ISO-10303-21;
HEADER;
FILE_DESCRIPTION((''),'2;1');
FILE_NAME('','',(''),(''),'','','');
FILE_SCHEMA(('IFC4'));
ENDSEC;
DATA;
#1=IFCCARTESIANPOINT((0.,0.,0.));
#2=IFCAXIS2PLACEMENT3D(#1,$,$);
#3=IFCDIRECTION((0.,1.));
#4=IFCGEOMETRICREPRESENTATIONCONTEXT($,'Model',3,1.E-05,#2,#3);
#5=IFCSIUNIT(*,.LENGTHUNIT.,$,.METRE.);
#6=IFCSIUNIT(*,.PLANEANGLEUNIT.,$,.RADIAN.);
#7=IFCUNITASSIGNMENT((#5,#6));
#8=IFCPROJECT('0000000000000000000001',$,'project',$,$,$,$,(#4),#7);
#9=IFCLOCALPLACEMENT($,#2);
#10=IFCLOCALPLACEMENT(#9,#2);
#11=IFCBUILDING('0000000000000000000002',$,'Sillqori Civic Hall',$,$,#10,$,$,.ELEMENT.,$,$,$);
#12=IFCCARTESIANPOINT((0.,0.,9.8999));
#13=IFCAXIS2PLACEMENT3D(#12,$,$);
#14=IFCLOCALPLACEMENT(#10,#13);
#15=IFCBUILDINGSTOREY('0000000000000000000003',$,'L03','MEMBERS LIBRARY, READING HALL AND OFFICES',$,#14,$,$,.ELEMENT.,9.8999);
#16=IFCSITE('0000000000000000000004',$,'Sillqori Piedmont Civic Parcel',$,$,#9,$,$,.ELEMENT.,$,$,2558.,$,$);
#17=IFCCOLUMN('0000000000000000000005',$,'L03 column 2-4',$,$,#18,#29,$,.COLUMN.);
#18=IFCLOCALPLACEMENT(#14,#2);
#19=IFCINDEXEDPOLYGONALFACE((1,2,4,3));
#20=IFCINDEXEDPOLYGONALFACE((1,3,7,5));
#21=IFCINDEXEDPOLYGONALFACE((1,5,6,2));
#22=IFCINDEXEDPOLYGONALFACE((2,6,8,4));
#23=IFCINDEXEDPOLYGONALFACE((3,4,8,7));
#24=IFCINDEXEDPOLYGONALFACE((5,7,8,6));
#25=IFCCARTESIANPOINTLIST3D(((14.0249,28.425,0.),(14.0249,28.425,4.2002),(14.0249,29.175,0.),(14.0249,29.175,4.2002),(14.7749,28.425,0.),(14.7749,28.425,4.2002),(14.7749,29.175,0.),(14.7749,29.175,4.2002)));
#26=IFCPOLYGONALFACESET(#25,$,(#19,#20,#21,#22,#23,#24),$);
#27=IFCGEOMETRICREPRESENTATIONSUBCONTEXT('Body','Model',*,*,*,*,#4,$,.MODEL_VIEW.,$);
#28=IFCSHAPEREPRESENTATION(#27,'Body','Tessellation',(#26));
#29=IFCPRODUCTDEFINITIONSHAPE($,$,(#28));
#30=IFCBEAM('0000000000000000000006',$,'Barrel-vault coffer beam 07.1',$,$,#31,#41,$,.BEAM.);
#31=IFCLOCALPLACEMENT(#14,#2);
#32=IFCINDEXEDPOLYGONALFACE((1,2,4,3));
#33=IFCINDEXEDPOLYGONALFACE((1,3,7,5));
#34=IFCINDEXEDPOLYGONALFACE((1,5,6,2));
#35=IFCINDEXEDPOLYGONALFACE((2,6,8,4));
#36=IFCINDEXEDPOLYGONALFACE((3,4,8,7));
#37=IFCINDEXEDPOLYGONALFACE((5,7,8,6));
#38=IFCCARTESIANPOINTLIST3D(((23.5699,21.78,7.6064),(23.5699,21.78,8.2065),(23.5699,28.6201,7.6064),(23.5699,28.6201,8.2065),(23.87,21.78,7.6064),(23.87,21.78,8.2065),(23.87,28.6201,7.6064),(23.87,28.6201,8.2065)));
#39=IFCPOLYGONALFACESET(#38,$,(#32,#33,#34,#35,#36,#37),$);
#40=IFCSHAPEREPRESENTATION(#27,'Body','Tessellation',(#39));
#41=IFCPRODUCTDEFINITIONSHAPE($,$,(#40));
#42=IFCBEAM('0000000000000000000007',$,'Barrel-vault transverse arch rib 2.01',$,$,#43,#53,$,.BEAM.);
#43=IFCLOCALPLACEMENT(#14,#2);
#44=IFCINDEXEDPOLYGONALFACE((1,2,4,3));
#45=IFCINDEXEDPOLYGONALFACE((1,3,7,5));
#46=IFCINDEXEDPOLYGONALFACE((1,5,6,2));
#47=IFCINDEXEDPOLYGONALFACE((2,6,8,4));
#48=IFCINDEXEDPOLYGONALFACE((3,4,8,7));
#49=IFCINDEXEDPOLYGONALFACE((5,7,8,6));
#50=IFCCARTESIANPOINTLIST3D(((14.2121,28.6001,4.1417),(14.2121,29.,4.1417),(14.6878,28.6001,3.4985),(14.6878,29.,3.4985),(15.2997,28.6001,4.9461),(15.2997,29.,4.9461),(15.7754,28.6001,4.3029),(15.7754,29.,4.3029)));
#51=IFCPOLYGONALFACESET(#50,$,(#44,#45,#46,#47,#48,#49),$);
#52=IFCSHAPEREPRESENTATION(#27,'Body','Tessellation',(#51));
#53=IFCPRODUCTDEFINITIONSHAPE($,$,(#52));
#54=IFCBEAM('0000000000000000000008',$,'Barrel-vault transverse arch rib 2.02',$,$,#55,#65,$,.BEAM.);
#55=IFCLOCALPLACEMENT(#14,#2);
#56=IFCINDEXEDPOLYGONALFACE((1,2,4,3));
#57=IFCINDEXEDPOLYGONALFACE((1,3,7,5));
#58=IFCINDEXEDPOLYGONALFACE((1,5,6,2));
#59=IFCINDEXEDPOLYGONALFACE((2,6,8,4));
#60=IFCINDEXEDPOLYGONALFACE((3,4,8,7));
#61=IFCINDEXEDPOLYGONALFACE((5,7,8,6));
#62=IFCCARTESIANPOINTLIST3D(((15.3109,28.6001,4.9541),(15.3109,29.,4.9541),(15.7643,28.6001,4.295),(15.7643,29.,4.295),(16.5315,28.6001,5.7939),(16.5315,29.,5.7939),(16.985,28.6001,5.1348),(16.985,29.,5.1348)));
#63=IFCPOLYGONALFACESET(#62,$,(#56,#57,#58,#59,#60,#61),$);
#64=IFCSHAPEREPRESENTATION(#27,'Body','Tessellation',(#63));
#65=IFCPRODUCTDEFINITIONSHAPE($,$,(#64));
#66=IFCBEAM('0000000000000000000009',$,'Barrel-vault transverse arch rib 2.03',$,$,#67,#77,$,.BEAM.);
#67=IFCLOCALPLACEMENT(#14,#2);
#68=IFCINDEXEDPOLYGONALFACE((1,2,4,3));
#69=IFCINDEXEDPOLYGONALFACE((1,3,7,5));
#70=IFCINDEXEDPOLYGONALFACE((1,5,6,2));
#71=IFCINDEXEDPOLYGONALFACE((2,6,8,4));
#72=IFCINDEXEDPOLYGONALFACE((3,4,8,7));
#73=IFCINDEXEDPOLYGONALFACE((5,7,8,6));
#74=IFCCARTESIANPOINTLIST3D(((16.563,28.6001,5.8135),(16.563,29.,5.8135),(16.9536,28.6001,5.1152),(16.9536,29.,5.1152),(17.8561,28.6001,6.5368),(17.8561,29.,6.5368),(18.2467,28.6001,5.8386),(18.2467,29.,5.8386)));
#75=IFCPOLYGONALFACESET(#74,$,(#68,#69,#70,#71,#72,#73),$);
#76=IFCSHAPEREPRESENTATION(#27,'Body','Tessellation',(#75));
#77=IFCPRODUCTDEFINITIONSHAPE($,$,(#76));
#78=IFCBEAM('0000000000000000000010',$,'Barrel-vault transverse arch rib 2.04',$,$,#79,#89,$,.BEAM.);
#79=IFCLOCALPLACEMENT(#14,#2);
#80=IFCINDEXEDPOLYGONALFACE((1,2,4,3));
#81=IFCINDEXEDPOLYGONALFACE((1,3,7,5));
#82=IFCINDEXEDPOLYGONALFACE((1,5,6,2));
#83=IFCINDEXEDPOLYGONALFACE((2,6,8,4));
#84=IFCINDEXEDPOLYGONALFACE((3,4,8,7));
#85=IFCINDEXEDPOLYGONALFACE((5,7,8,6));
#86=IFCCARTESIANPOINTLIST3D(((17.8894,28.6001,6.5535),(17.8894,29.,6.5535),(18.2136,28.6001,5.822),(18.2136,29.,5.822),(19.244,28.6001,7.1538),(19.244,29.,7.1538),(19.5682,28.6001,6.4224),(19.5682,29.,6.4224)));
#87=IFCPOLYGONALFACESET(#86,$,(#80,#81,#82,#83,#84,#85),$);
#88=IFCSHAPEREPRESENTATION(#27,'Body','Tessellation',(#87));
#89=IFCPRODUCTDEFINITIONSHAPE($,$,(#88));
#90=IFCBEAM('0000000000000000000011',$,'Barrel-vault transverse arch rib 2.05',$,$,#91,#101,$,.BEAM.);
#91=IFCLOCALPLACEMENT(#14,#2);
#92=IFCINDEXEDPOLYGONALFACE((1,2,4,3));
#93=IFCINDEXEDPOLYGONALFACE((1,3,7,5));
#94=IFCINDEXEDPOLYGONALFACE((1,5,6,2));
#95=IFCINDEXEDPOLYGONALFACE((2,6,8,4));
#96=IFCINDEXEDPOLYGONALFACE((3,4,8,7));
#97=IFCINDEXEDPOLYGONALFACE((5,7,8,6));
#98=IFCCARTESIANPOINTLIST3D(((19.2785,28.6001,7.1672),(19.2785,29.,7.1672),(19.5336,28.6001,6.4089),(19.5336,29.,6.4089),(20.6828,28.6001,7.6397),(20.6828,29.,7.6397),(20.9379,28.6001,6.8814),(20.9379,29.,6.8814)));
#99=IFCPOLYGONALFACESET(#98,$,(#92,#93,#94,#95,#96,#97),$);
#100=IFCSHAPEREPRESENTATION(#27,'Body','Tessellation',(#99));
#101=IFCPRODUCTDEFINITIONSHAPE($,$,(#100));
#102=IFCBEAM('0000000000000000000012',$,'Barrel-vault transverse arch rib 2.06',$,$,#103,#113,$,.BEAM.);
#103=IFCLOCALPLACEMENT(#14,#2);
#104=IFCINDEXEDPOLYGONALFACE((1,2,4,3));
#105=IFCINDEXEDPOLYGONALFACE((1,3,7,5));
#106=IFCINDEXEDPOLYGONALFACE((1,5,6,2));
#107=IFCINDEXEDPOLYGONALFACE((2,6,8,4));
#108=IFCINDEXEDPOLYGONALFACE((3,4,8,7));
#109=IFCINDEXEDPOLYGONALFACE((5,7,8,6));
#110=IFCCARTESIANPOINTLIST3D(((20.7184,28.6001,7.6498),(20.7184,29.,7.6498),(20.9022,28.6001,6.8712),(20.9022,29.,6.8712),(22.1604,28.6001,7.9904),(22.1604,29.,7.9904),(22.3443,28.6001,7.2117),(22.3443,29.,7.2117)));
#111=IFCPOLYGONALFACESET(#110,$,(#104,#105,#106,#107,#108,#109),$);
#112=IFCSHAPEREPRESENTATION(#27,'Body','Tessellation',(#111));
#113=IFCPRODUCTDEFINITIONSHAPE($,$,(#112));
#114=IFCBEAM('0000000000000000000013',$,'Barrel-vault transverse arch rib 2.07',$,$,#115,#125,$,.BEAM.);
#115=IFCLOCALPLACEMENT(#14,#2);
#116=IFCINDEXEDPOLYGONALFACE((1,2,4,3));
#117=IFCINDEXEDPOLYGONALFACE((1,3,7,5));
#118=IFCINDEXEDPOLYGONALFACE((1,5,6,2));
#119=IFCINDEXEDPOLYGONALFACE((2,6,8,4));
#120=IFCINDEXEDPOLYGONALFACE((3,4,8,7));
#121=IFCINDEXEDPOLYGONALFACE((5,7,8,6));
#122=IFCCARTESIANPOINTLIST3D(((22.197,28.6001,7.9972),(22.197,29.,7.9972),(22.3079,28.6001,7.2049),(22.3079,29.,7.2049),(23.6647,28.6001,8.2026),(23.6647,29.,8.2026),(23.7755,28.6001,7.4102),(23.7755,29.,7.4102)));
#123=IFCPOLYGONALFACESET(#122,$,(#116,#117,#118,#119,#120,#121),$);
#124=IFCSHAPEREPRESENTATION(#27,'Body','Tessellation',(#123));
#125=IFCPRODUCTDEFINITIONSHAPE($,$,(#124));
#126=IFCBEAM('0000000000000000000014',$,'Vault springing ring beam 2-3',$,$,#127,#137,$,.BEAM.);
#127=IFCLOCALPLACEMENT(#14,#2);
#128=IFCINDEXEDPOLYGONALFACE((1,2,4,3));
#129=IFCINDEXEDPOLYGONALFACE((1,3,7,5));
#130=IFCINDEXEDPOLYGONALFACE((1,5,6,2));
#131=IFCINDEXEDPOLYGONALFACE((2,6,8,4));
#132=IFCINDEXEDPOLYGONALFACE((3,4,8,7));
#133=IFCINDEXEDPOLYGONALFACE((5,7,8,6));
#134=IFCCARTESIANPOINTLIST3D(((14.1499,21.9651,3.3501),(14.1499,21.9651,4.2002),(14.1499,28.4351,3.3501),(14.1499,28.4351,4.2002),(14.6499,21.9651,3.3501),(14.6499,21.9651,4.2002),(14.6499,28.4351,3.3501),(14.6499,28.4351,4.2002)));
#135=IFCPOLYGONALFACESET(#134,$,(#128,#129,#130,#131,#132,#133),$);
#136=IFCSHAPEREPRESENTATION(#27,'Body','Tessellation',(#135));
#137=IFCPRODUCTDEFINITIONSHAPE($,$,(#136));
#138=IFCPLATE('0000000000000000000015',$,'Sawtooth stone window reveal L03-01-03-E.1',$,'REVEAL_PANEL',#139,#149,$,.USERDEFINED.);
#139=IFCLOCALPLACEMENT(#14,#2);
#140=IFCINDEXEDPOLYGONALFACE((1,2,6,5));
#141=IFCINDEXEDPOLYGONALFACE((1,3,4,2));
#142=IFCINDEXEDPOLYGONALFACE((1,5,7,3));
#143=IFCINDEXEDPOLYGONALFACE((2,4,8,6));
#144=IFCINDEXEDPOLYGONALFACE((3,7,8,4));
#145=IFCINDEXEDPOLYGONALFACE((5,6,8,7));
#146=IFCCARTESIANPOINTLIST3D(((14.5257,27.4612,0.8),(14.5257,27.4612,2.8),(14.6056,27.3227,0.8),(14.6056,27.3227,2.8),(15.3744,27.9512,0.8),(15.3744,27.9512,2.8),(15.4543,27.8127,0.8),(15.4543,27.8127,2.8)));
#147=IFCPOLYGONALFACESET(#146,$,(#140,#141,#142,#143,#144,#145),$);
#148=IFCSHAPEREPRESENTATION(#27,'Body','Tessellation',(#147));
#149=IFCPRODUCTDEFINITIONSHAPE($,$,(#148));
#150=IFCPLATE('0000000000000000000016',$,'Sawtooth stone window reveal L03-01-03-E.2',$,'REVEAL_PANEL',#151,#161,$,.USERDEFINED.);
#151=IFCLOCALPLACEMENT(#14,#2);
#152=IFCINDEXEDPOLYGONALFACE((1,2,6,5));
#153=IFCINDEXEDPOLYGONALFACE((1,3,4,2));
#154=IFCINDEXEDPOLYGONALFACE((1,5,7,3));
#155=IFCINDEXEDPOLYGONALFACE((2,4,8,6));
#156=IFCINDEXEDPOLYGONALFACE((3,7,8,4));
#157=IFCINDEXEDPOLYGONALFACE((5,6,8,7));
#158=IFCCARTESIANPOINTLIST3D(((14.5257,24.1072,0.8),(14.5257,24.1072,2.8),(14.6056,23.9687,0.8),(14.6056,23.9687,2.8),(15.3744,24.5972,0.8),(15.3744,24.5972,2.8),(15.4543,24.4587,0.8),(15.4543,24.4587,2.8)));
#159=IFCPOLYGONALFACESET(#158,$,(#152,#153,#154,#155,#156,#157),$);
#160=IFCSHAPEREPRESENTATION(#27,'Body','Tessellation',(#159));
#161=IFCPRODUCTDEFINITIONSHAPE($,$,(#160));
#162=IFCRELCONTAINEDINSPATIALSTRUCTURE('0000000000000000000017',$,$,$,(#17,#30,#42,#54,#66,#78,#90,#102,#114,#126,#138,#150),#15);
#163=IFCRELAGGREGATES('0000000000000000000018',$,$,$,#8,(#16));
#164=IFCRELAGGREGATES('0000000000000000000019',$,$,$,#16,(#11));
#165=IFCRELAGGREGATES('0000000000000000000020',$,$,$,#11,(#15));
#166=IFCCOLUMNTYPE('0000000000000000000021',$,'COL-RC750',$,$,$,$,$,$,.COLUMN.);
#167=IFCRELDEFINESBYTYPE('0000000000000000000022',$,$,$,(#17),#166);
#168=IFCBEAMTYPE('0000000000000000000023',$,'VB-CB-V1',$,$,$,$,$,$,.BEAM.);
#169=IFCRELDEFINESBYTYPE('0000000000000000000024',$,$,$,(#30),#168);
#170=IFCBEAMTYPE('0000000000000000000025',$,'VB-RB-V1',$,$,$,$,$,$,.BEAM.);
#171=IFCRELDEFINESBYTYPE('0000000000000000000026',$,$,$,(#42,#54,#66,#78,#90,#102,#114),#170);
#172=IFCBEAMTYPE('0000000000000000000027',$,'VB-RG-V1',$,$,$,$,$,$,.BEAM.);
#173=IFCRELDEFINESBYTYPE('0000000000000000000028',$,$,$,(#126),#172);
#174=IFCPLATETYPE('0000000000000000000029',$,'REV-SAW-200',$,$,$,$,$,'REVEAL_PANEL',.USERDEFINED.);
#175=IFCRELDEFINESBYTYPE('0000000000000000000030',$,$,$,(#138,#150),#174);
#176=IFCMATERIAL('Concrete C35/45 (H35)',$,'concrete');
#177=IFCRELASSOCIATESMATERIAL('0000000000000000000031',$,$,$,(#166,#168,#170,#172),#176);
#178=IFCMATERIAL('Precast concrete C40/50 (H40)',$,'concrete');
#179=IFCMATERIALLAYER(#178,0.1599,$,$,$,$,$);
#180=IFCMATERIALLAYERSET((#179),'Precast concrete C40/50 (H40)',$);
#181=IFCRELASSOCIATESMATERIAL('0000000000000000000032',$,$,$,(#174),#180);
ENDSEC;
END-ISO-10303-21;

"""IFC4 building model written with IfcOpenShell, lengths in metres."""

from ifc_helpers import new_model, si_unit, direction, frame, origin, origin_2d, place, context, subcontext, project, spatial, rectangle, extrude, material, layer, layer_set, material_profile, profile_set, type_object, element, save


model = new_model("IFC4")

# Units and contexts
model_context = context("Model", 3, precision=1e-05, world=origin(), true_north=direction((0.0, 1.0)))
body_context = subcontext(model_context, "Body", "Model", "MODEL_VIEW")
ifc_project = project(units=[si_unit("LENGTHUNIT", "METRE"), si_unit("PLANEANGLEUNIT", "RADIAN")], contexts=[model_context])

# Site, building, storey
site_placement = place(None, origin())
site = spatial("IfcSite", under=ifc_project, at=site_placement, Name="Sillqori Piedmont Civic Parcel", CompositionType="ELEMENT", RefElevation=2558.0)
building_placement = place(site_placement, origin())
building = spatial("IfcBuilding", under=site, at=building_placement, Name="Sillqori Civic Hall", CompositionType="ELEMENT")
storey_placement = place(building_placement, frame((0.0, 0.0, 9.8999)))
storey = spatial("IfcBuildingStorey", under=building, at=storey_placement, Name="L03", Description="MEMBERS LIBRARY, READING HALL AND OFFICES", CompositionType="ELEMENT", Elevation=9.8999)

# Column
ifc_material_1 = material(Name="Concrete C35/45 (H35)", Category="concrete")
ifc_material_profile_1 = material_profile(ifc_material_1, rectangle(XDim=0.75, YDim=0.75, at=origin_2d()), Name="RC 750x750")
ifc_profile_set_1 = profile_set([ifc_material_profile_1], Name="Concrete C35/45 (H35)")
column_type = type_object("IfcColumnType", Name="COL-RC750", PredefinedType="COLUMN", material=ifc_profile_set_1)
column_placement = place(storey_placement, frame((14.3999, 28.8, 0.0), z_axis=(0.0, 0.0, 1.0), x_axis=(1.0, 0.0, 0.0)))
element("IfcColumn", 1, at=column_placement, inside=storey, type_object=column_type, Name="L03 column 2-4", PredefinedType="COLUMN", context=body_context, shape_type="SweptSolid", body=[
    extrude(rectangle(XDim=0.75, YDim=0.75, at=origin_2d()), origin(), (0.0, 0.0, 1.0), 4.2002),
])

# Beams
ifc_material_profile_2 = material_profile(ifc_material_1, rectangle(XDim=0.3, YDim=0.6001, at=origin_2d()), Name="RC 300x600")
ifc_profile_set_2 = profile_set([ifc_material_profile_2], Name="Concrete C35/45 (H35)")
beam_type_1 = type_object("IfcBeamType", Name="VB-CB-V1", PredefinedType="BEAM", material=ifc_profile_set_2)
beam_1_placement = place(storey_placement, frame((23.72, 21.78, 7.9065), z_axis=(0.0, 1.0, 0.0), x_axis=(-1.0, 0.0, 0.0)))
element("IfcBeam", 2, at=beam_1_placement, inside=storey, type_object=beam_type_1, Name="Barrel-vault coffer beam 07.1", PredefinedType="BEAM", context=body_context, shape_type="SweptSolid", body=[
    extrude(rectangle(XDim=0.3, YDim=0.6001, at=origin_2d()), origin(), (0.0, 0.0, 1.0), 6.8401),
])
ifc_material_profile_3 = material_profile(ifc_material_1, rectangle(XDim=0.3999, YDim=0.8, at=origin_2d()), Name="RC 400x800")
ifc_profile_set_3 = profile_set([ifc_material_profile_3], Name="Concrete C35/45 (H35)")
beam_type_2 = type_object("IfcBeamType", Name="VB-RB-V1", PredefinedType="BEAM", material=ifc_profile_set_3)
beam_2_placement = place(storey_placement, frame((14.45, 28.8, 3.8201), z_axis=(0.803989, 0.0, 0.594645), x_axis=(0.0, 1.0, 0.0)))
element("IfcBeam", 3, at=beam_2_placement, inside=storey, type_object=beam_type_2, Name="Barrel-vault transverse arch rib 2.01", PredefinedType="BEAM", context=body_context, shape_type="SweptSolid", body=[
    extrude(rectangle(XDim=0.3999, YDim=0.8, at=origin_2d()), origin(), (0.0, 0.0, 1.0), 1.3528),
])
for number, where, z_axis, x_axis, name in (
    (4, (15.5376, 28.8, 4.6245), (0.82385, 0.0, 0.566809), (0.0, 1.0, 0.0), "Barrel-vault transverse arch rib 2.02"),
    (5, (16.7583, 28.8, 5.4644), (0.872739, 0.0, 0.488187), (0.0, 1.0, 0.0), "Barrel-vault transverse arch rib 2.03"),
    (6, (18.0515, 28.8, 6.1877), (0.914226, 0.0, 0.405206), (0.0, 1.0, 0.0), "Barrel-vault transverse arch rib 2.04"),
    (7, (19.406, 28.8, 6.7881), (0.947806, 0.0, 0.318847), (0.0, 1.0, 0.0), "Barrel-vault transverse arch rib 2.05"),
    (8, (20.8103, 28.8, 7.2605), (0.973229, 0.0, 0.229838), (0.0, 1.0, 0.0), "Barrel-vault transverse arch rib 2.06"),
):
    element("IfcBeam", number, at=place(storey_placement, frame(where, z_axis=z_axis, x_axis=x_axis)), inside=storey, type_object=beam_type_2, Name=name, PredefinedType="BEAM", context=body_context, shape_type="SweptSolid", body=[
        extrude(rectangle(XDim=0.3999, YDim=0.8, at=origin_2d()), origin(), (0.0, 0.0, 1.0), 1.4817),
    ])
beam_3_placement = place(storey_placement, frame((22.2524, 28.8, 7.6011), z_axis=(0.990354, 0.0, 0.138561), x_axis=(0.0, 1.0, 0.0)))
element("IfcBeam", 9, at=beam_3_placement, inside=storey, type_object=beam_type_2, Name="Barrel-vault transverse arch rib 2.07", PredefinedType="BEAM", context=body_context, shape_type="SweptSolid", body=[
    extrude(rectangle(XDim=0.3999, YDim=0.8, at=origin_2d()), origin(), (0.0, 0.0, 1.0), 1.4819),
])
ifc_material_profile_4 = material_profile(ifc_material_1, rectangle(XDim=0.5, YDim=0.8501, at=origin_2d()), Name="RC 500x850")
ifc_profile_set_4 = profile_set([ifc_material_profile_4], Name="Concrete C35/45 (H35)")
beam_type_3 = type_object("IfcBeamType", Name="VB-RG-V1", PredefinedType="BEAM", material=ifc_profile_set_4)
beam_4_placement = place(storey_placement, frame((14.3999, 21.9651, 3.7751), z_axis=(0.0, 1.0, 0.0), x_axis=(-1.0, 0.0, 0.0)))
element("IfcBeam", 10, at=beam_4_placement, inside=storey, type_object=beam_type_3, Name="Vault springing ring beam 2-3", PredefinedType="BEAM", context=body_context, shape_type="SweptSolid", body=[
    extrude(rectangle(XDim=0.5, YDim=0.8501, at=origin_2d()), origin(), (0.0, 0.0, 1.0), 6.47),
])

# Plates
ifc_material_2 = material(Name="Precast concrete C40/50 (H40)", Category="concrete")
ifc_layer_1 = layer(ifc_material_2, 0.1599)
ifc_layer_set_1 = layer_set([ifc_layer_1], Name="Precast concrete C40/50 (H40)")
plate_type = type_object("IfcPlateType", Name="REV-SAW-200", ElementType="REVEAL_PANEL", PredefinedType="USERDEFINED", material=ifc_layer_set_1)
for number, where, z_axis, x_axis, name in (
    (11, (14.99, 27.637, 0.8), (0.0, 0.0, 1.0), (0.5, -0.866025, 0.0), "Sawtooth stone window reveal L03-01-03-E.1"),
    (12, (14.99, 24.283, 0.8), (0.0, 0.0, 1.0), (0.5, -0.866025, 0.0), "Sawtooth stone window reveal L03-01-03-E.2"),
):
    element("IfcPlate", number, at=place(storey_placement, frame(where, z_axis=z_axis, x_axis=x_axis)), inside=storey, type_object=plate_type, Name=name, ObjectType="REVEAL_PANEL", PredefinedType="USERDEFINED", context=body_context, shape_type="SweptSolid", body=[
        extrude(rectangle(XDim=0.1599, YDim=0.98, at=origin_2d()), origin(), (0.0, 0.0, 1.0), 2.0),
    ])

save(model, "model.ifc")
